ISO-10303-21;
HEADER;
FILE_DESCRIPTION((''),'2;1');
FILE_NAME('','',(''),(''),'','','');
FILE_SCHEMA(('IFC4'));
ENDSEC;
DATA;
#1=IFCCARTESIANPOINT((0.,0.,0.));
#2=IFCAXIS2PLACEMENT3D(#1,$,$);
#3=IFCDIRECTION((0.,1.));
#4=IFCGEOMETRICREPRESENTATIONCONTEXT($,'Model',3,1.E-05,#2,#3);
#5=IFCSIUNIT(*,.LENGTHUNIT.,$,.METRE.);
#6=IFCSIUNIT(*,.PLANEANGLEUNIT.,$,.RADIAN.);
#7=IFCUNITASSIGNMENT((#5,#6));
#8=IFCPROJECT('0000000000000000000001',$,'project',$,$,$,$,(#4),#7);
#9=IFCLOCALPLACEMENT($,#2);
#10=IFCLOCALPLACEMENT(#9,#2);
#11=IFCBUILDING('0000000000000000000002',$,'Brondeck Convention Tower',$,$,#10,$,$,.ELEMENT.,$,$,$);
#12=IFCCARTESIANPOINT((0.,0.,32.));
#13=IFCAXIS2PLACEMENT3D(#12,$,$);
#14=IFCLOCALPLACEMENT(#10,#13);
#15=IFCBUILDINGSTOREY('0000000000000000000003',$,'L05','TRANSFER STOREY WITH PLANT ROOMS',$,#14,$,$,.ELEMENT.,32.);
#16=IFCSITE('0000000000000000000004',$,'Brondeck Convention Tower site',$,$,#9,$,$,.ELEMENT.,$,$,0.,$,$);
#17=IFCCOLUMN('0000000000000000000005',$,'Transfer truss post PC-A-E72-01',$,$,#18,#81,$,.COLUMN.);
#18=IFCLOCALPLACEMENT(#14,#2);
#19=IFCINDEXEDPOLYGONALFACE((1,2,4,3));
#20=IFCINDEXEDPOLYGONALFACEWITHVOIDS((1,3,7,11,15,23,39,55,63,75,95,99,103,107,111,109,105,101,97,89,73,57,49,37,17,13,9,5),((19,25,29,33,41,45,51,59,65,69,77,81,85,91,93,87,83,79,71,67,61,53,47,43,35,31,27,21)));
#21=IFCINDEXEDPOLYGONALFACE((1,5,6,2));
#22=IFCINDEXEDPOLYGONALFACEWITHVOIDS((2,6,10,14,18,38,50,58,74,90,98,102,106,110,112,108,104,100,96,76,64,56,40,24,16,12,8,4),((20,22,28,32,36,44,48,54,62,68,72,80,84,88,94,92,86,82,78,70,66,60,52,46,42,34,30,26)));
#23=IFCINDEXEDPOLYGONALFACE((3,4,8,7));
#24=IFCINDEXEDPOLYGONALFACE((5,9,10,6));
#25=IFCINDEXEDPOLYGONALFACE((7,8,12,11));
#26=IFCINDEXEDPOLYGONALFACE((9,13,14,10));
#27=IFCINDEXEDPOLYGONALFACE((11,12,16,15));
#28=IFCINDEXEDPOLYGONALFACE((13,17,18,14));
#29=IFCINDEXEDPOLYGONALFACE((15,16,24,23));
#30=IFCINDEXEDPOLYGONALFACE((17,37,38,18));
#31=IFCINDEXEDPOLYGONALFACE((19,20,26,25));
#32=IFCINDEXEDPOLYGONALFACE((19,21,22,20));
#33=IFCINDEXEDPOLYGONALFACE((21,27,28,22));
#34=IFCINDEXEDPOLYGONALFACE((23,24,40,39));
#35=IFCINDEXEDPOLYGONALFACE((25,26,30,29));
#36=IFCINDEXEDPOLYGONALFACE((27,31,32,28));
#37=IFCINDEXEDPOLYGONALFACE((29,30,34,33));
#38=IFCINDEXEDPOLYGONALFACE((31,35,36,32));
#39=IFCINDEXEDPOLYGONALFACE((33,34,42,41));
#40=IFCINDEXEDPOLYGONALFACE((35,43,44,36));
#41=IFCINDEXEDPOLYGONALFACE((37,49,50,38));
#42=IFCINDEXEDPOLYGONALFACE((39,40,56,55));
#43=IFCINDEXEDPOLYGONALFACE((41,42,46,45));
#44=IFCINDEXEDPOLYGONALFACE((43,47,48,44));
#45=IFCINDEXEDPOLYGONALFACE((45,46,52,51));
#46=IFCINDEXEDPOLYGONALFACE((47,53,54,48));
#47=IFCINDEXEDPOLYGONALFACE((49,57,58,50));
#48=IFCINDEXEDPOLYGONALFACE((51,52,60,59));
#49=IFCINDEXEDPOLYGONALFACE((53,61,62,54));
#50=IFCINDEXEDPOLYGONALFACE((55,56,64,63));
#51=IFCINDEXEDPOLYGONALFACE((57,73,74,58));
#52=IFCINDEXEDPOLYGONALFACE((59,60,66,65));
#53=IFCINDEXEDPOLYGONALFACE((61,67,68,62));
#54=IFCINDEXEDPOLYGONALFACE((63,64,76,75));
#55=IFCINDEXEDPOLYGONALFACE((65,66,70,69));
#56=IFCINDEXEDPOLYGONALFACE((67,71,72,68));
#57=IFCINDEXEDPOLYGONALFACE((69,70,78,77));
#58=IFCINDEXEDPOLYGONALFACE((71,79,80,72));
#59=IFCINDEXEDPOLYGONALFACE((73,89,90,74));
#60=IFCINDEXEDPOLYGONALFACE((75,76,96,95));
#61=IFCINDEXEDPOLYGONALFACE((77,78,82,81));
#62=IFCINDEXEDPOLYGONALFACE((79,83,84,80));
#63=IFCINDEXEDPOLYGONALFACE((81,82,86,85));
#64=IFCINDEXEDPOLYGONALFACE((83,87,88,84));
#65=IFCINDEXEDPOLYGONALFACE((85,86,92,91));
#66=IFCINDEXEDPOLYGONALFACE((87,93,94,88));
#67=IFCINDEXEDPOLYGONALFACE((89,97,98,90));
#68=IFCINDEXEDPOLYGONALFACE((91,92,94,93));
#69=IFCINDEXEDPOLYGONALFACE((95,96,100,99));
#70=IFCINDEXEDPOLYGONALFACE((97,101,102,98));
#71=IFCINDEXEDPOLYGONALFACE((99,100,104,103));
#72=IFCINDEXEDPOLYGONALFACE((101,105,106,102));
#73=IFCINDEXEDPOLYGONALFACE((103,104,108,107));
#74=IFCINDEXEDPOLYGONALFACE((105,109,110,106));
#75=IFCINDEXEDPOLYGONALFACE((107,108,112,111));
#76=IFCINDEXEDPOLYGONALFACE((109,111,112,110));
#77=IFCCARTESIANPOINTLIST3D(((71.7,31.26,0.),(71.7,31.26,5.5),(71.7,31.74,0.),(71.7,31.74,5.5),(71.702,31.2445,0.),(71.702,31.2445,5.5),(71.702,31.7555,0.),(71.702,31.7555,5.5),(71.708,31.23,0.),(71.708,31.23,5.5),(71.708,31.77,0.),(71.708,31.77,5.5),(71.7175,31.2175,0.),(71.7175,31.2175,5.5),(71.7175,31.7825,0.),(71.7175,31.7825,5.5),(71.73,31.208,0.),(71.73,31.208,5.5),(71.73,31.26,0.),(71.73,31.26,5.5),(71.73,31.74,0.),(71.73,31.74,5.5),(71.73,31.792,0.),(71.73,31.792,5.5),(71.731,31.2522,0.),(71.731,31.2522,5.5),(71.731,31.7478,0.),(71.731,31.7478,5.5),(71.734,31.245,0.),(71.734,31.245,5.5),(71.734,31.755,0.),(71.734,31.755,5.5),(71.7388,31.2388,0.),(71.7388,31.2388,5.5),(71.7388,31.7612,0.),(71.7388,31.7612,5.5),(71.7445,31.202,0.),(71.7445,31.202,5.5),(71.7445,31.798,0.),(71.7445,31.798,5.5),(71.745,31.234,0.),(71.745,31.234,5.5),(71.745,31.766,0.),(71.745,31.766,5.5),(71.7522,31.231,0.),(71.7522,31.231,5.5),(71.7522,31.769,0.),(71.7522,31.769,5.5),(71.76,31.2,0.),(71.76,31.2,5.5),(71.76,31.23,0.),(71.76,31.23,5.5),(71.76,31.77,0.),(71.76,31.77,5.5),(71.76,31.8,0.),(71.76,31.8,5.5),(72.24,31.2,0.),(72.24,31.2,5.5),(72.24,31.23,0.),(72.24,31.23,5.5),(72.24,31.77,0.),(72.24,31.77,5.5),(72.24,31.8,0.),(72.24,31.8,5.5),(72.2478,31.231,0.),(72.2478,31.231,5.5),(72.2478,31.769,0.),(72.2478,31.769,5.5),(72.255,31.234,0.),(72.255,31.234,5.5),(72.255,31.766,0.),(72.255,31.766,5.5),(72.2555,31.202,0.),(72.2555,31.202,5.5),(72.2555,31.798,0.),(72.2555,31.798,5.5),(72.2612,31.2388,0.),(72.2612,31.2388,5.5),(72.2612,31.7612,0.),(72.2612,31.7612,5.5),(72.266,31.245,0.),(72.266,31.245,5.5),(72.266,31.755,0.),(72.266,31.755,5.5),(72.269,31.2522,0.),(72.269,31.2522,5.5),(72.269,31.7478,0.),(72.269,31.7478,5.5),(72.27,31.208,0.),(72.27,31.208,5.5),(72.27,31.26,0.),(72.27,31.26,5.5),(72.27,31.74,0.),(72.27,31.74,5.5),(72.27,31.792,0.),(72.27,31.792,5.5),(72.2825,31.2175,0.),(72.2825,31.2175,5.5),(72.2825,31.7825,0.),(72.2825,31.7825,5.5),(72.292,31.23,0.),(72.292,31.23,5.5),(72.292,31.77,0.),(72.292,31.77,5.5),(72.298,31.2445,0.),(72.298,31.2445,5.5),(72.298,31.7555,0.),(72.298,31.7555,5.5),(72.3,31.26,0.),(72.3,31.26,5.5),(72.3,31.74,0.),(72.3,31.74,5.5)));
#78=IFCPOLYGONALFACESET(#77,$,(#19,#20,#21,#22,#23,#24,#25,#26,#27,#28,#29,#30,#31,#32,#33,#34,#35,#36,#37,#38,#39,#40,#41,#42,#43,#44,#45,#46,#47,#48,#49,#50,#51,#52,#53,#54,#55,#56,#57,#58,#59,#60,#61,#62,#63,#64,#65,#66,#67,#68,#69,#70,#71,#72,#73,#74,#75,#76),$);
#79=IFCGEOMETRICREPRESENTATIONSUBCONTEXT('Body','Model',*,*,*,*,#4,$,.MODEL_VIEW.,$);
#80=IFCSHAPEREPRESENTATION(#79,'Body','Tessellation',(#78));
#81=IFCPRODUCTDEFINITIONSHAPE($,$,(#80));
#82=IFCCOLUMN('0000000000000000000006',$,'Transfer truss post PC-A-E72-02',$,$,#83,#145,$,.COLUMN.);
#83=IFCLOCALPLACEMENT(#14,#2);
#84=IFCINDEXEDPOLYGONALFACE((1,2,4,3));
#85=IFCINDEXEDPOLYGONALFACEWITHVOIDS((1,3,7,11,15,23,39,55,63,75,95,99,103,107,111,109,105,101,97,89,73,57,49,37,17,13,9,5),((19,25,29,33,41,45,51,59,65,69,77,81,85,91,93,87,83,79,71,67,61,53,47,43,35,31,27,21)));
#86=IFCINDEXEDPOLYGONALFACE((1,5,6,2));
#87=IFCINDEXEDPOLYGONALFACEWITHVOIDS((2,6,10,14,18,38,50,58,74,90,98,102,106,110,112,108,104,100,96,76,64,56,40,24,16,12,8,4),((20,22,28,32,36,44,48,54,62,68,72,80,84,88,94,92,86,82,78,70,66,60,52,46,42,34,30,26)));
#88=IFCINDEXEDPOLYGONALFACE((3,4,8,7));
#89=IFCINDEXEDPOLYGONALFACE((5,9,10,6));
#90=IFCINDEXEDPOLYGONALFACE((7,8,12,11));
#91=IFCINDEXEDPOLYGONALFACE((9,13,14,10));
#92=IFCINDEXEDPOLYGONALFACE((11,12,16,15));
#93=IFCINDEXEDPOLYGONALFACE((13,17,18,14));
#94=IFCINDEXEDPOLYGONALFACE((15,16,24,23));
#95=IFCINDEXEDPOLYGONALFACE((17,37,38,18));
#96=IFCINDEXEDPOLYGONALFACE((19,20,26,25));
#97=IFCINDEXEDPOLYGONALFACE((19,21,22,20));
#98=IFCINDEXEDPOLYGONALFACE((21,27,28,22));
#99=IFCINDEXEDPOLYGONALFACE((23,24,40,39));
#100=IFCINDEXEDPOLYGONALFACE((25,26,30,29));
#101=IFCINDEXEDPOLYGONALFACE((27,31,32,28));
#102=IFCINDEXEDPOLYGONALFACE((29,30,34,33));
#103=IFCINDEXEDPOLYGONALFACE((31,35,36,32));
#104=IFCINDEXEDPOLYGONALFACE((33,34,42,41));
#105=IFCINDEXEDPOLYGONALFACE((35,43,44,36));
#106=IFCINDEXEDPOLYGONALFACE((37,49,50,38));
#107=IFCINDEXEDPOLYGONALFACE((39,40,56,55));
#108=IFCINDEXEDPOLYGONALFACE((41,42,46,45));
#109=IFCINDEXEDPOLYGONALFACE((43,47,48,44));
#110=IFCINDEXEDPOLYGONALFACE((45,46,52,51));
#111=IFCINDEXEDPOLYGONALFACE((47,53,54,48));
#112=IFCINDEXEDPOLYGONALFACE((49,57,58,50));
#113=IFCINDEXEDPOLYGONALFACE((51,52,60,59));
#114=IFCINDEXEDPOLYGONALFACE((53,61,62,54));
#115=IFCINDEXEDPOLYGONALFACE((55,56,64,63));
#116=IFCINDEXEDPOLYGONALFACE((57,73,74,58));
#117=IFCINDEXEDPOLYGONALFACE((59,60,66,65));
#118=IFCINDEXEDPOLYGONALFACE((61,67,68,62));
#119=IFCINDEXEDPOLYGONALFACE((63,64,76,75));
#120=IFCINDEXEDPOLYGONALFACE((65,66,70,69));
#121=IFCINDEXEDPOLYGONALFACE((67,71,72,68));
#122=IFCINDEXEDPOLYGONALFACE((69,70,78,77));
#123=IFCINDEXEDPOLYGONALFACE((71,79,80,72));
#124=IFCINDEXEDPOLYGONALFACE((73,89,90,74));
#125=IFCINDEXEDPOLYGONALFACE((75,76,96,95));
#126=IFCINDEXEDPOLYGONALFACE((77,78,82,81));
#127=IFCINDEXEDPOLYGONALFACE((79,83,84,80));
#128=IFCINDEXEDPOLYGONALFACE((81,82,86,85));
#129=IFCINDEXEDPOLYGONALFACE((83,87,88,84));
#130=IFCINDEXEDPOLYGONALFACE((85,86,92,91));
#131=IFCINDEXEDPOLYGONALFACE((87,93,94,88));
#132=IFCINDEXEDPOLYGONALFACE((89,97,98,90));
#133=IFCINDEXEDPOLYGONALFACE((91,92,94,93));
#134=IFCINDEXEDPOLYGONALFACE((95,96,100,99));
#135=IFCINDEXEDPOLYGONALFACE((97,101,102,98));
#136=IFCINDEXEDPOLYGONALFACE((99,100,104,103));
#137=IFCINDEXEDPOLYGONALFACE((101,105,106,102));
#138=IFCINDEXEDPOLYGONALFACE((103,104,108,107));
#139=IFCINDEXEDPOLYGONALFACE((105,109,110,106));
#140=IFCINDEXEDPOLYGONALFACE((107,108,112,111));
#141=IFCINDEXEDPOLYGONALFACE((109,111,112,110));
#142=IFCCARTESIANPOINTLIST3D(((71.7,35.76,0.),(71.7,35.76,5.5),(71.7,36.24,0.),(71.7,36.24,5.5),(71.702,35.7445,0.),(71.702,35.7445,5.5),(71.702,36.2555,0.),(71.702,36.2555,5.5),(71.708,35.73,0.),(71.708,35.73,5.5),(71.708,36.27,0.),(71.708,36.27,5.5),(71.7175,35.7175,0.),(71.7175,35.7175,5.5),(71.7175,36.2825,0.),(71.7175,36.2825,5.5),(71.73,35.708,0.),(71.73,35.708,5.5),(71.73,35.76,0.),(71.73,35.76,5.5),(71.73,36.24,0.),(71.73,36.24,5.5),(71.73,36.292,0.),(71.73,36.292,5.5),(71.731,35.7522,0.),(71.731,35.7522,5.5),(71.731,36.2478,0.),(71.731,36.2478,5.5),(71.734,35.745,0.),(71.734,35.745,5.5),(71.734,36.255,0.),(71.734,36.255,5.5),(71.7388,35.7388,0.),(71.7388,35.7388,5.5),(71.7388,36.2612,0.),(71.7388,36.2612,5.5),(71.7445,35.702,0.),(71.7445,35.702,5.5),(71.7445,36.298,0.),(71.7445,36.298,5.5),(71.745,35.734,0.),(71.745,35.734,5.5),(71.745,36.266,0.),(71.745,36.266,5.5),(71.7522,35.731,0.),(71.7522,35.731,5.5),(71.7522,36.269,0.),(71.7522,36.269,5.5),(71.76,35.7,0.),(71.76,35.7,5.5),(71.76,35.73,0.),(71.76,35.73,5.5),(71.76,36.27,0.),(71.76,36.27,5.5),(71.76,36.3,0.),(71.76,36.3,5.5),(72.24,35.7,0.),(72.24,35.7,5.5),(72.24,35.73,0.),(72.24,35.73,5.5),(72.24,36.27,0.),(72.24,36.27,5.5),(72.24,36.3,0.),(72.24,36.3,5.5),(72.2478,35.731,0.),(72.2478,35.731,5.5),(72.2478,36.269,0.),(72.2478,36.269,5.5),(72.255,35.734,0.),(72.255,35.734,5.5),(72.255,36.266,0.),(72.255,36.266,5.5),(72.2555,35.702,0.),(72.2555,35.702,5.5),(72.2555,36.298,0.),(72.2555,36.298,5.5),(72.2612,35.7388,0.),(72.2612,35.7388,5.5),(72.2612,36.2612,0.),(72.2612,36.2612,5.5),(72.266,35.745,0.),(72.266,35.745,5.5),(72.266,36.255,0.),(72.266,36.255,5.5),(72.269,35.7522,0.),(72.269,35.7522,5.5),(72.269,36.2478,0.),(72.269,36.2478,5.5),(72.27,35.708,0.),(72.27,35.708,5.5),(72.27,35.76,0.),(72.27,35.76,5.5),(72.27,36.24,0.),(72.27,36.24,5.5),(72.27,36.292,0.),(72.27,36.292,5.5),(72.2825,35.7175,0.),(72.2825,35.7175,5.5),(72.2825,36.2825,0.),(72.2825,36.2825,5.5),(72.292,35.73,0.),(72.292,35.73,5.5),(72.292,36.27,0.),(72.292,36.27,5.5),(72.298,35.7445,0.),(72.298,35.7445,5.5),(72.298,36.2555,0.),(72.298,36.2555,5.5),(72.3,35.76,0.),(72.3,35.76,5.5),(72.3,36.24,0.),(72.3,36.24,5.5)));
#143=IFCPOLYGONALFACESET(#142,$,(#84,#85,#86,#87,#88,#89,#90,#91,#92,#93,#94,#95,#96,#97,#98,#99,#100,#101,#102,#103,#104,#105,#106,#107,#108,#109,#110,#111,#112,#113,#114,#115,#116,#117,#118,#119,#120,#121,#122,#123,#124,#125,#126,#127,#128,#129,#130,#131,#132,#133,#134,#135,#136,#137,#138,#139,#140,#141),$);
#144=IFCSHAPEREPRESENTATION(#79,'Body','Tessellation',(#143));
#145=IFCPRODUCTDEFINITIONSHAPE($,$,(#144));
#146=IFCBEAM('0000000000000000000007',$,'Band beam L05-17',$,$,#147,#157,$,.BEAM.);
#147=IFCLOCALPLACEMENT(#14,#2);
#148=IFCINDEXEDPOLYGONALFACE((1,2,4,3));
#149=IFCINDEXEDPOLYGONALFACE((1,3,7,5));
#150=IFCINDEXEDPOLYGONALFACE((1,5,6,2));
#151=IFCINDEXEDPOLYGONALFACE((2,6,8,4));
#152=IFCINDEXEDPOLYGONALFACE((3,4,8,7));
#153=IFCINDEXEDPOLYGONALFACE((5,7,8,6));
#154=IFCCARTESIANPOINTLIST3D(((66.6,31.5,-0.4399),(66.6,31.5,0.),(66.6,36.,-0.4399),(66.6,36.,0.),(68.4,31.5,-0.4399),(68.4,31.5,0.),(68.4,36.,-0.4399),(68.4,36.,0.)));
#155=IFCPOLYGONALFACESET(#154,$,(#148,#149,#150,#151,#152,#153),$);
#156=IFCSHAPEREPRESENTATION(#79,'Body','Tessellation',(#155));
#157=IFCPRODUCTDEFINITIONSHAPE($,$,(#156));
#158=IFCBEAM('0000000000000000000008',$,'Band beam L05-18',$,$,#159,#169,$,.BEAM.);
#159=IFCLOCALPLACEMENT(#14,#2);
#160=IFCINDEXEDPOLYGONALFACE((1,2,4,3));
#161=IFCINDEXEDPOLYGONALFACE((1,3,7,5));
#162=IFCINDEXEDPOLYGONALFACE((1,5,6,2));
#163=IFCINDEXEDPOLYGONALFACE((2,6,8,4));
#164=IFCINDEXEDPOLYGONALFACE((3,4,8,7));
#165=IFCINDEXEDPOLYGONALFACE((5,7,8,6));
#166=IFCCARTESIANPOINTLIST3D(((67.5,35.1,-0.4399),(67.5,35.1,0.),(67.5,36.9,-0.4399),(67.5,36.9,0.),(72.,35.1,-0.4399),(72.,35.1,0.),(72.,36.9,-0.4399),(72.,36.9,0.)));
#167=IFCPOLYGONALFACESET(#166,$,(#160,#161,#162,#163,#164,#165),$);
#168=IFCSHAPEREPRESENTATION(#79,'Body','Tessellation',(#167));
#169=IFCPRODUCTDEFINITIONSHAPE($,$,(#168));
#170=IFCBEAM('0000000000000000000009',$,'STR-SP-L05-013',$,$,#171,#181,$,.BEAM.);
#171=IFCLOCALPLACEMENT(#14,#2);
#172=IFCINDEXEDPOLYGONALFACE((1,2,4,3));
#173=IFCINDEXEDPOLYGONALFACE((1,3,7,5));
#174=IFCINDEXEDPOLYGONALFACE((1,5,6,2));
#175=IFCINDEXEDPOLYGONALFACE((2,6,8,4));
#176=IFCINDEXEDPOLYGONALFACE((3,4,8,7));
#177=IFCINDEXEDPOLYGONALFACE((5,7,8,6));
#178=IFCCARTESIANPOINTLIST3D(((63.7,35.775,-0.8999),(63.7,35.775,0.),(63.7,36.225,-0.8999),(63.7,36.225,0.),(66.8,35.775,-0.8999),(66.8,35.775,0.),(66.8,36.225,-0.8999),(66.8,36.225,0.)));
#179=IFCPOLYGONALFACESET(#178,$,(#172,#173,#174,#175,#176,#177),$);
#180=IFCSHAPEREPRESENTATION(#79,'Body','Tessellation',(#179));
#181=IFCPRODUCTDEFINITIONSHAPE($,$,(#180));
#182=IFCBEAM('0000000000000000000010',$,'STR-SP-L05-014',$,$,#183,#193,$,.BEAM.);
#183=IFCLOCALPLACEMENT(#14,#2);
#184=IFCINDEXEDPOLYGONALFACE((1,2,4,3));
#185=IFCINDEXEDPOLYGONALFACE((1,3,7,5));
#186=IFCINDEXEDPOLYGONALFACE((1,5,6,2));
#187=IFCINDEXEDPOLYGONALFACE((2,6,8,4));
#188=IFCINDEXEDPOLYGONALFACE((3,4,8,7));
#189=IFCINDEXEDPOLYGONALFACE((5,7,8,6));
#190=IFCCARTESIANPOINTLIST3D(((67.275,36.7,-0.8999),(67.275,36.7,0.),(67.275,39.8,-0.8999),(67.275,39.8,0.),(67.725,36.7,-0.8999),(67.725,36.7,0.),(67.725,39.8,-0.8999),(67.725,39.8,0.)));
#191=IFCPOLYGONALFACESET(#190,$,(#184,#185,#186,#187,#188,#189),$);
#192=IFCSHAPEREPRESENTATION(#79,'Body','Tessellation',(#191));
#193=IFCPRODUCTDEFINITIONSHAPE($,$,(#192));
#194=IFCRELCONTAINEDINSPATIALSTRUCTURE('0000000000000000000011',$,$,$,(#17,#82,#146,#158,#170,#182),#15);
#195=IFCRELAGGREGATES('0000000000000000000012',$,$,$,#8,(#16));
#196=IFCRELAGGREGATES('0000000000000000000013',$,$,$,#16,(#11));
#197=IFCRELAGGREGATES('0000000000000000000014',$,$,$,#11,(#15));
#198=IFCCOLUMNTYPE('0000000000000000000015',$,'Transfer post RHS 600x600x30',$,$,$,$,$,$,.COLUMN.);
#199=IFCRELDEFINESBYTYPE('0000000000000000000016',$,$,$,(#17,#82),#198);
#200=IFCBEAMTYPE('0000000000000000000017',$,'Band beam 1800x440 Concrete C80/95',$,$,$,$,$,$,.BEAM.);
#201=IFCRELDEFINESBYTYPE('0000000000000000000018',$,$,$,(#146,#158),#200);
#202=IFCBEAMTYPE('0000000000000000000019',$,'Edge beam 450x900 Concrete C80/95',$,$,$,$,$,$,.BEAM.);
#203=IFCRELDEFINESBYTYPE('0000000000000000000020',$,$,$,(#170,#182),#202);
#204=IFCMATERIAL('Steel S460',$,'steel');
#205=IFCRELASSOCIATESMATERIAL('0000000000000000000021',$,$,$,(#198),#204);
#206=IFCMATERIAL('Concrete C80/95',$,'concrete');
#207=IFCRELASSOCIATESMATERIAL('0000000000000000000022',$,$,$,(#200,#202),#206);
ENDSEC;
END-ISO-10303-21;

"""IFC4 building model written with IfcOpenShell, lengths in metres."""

from ifc_helpers import new_model, si_unit, direction, frame, origin, origin_2d, place, context, subcontext, project, spatial, rectangle, hollow_rectangle, extrude, material, material_profile, profile_set, type_object, element, save


model = new_model("IFC4")

# Units and contexts
model_context = context("Model", 3, precision=1e-05, world=origin(), true_north=direction((0.0, 1.0)))
body_context = subcontext(model_context, "Body", "Model", "MODEL_VIEW")
ifc_project = project(units=[si_unit("LENGTHUNIT", "METRE"), si_unit("PLANEANGLEUNIT", "RADIAN")], contexts=[model_context])

# Site, building, storey
site_placement = place(None, origin())
site = spatial("IfcSite", under=ifc_project, at=site_placement, Name="Brondeck Convention Tower site", CompositionType="ELEMENT", RefElevation=0.0)
building_placement = place(site_placement, origin())
building = spatial("IfcBuilding", under=site, at=building_placement, Name="Brondeck Convention Tower", CompositionType="ELEMENT")
storey_placement = place(building_placement, frame((0.0, 0.0, 32.0)))
storey = spatial("IfcBuildingStorey", under=building, at=storey_placement, Name="L05", Description="TRANSFER STOREY WITH PLANT ROOMS", CompositionType="ELEMENT", Elevation=32.0)

# Columns
ifc_material_1 = material(Name="Steel S460", Category="steel")
ifc_material_profile_1 = material_profile(ifc_material_1, hollow_rectangle(XDim=0.6001, YDim=0.6001, WallThickness=0.03, InnerFilletRadius=0.03, OuterFilletRadius=0.0601, at=origin_2d()), Name="RHS 600x600x30")
ifc_profile_set_1 = profile_set([ifc_material_profile_1], Name="Steel S460")
column_type = type_object("IfcColumnType", Name="Transfer post RHS 600x600x30", PredefinedType="COLUMN", material=ifc_profile_set_1)
for number, where, z_axis, x_axis, name in (
    (1, (72.0, 31.5, 0.0), (0.0, 0.0, 1.0), (1.0, 0.0, 0.0), "Transfer truss post PC-A-E72-01"),
    (2, (72.0, 36.0, 0.0), (0.0, 0.0, 1.0), (1.0, 0.0, 0.0), "Transfer truss post PC-A-E72-02"),
):
    element("IfcColumn", number, at=place(storey_placement, frame(where, z_axis=z_axis, x_axis=x_axis)), inside=storey, type_object=column_type, Name=name, PredefinedType="COLUMN", context=body_context, shape_type="SweptSolid", body=[
        extrude(hollow_rectangle(XDim=0.6001, YDim=0.6001, WallThickness=0.03, InnerFilletRadius=0.03, OuterFilletRadius=0.0601, at=origin_2d()), origin(), (0.0, 0.0, 1.0), 5.5),
    ])

# Beams
ifc_material_2 = material(Name="Concrete C80/95", Category="concrete")
ifc_material_profile_2 = material_profile(ifc_material_2, rectangle(XDim=1.8, YDim=0.4399, at=origin_2d()), Name="Band beam 1800x440 Concrete C80/95")
ifc_profile_set_2 = profile_set([ifc_material_profile_2], Name="Concrete C80/95")
beam_type_1 = type_object("IfcBeamType", Name="Band beam 1800x440 Concrete C80/95", PredefinedType="BEAM", material=ifc_profile_set_2)
for number, where, z_axis, x_axis, name in (
    (3, (67.5, 31.5, -0.22), (0.0, 1.0, 0.0), (-1.0, 0.0, 0.0), "Band beam L05-17"),
    (4, (72.0, 36.0, -0.22), (-1.0, 0.0, 0.0), (0.0, -1.0, 0.0), "Band beam L05-18"),
):
    element("IfcBeam", number, at=place(storey_placement, frame(where, z_axis=z_axis, x_axis=x_axis)), inside=storey, type_object=beam_type_1, Name=name, PredefinedType="BEAM", context=body_context, shape_type="SweptSolid", body=[
        extrude(rectangle(XDim=1.8, YDim=0.4399, at=origin_2d()), origin(), (0.0, 0.0, 1.0), 4.5),
    ])
ifc_material_profile_3 = material_profile(ifc_material_2, rectangle(XDim=0.45, YDim=0.8999, at=origin_2d()), Name="Edge beam 450x900 Concrete C80/95")
ifc_profile_set_3 = profile_set([ifc_material_profile_3], Name="Concrete C80/95")
beam_type_2 = type_object("IfcBeamType", Name="Edge beam 450x900 Concrete C80/95", PredefinedType="BEAM", material=ifc_profile_set_3)
for number, where, z_axis, x_axis, name in (
    (5, (63.7, 36.0, -0.45), (1.0, 0.0, 0.0), (0.0, 1.0, 0.0), "STR-SP-L05-013"),
    (6, (67.5, 36.7, -0.45), (0.0, 1.0, 0.0), (-1.0, 0.0, 0.0), "STR-SP-L05-014"),
):
    element("IfcBeam", number, at=place(storey_placement, frame(where, z_axis=z_axis, x_axis=x_axis)), inside=storey, type_object=beam_type_2, Name=name, PredefinedType="BEAM", context=body_context, shape_type="SweptSolid", body=[
        extrude(rectangle(XDim=0.45, YDim=0.8999, at=origin_2d()), origin(), (0.0, 0.0, 1.0), 3.1001),
    ])

save(model, "model.ifc")
